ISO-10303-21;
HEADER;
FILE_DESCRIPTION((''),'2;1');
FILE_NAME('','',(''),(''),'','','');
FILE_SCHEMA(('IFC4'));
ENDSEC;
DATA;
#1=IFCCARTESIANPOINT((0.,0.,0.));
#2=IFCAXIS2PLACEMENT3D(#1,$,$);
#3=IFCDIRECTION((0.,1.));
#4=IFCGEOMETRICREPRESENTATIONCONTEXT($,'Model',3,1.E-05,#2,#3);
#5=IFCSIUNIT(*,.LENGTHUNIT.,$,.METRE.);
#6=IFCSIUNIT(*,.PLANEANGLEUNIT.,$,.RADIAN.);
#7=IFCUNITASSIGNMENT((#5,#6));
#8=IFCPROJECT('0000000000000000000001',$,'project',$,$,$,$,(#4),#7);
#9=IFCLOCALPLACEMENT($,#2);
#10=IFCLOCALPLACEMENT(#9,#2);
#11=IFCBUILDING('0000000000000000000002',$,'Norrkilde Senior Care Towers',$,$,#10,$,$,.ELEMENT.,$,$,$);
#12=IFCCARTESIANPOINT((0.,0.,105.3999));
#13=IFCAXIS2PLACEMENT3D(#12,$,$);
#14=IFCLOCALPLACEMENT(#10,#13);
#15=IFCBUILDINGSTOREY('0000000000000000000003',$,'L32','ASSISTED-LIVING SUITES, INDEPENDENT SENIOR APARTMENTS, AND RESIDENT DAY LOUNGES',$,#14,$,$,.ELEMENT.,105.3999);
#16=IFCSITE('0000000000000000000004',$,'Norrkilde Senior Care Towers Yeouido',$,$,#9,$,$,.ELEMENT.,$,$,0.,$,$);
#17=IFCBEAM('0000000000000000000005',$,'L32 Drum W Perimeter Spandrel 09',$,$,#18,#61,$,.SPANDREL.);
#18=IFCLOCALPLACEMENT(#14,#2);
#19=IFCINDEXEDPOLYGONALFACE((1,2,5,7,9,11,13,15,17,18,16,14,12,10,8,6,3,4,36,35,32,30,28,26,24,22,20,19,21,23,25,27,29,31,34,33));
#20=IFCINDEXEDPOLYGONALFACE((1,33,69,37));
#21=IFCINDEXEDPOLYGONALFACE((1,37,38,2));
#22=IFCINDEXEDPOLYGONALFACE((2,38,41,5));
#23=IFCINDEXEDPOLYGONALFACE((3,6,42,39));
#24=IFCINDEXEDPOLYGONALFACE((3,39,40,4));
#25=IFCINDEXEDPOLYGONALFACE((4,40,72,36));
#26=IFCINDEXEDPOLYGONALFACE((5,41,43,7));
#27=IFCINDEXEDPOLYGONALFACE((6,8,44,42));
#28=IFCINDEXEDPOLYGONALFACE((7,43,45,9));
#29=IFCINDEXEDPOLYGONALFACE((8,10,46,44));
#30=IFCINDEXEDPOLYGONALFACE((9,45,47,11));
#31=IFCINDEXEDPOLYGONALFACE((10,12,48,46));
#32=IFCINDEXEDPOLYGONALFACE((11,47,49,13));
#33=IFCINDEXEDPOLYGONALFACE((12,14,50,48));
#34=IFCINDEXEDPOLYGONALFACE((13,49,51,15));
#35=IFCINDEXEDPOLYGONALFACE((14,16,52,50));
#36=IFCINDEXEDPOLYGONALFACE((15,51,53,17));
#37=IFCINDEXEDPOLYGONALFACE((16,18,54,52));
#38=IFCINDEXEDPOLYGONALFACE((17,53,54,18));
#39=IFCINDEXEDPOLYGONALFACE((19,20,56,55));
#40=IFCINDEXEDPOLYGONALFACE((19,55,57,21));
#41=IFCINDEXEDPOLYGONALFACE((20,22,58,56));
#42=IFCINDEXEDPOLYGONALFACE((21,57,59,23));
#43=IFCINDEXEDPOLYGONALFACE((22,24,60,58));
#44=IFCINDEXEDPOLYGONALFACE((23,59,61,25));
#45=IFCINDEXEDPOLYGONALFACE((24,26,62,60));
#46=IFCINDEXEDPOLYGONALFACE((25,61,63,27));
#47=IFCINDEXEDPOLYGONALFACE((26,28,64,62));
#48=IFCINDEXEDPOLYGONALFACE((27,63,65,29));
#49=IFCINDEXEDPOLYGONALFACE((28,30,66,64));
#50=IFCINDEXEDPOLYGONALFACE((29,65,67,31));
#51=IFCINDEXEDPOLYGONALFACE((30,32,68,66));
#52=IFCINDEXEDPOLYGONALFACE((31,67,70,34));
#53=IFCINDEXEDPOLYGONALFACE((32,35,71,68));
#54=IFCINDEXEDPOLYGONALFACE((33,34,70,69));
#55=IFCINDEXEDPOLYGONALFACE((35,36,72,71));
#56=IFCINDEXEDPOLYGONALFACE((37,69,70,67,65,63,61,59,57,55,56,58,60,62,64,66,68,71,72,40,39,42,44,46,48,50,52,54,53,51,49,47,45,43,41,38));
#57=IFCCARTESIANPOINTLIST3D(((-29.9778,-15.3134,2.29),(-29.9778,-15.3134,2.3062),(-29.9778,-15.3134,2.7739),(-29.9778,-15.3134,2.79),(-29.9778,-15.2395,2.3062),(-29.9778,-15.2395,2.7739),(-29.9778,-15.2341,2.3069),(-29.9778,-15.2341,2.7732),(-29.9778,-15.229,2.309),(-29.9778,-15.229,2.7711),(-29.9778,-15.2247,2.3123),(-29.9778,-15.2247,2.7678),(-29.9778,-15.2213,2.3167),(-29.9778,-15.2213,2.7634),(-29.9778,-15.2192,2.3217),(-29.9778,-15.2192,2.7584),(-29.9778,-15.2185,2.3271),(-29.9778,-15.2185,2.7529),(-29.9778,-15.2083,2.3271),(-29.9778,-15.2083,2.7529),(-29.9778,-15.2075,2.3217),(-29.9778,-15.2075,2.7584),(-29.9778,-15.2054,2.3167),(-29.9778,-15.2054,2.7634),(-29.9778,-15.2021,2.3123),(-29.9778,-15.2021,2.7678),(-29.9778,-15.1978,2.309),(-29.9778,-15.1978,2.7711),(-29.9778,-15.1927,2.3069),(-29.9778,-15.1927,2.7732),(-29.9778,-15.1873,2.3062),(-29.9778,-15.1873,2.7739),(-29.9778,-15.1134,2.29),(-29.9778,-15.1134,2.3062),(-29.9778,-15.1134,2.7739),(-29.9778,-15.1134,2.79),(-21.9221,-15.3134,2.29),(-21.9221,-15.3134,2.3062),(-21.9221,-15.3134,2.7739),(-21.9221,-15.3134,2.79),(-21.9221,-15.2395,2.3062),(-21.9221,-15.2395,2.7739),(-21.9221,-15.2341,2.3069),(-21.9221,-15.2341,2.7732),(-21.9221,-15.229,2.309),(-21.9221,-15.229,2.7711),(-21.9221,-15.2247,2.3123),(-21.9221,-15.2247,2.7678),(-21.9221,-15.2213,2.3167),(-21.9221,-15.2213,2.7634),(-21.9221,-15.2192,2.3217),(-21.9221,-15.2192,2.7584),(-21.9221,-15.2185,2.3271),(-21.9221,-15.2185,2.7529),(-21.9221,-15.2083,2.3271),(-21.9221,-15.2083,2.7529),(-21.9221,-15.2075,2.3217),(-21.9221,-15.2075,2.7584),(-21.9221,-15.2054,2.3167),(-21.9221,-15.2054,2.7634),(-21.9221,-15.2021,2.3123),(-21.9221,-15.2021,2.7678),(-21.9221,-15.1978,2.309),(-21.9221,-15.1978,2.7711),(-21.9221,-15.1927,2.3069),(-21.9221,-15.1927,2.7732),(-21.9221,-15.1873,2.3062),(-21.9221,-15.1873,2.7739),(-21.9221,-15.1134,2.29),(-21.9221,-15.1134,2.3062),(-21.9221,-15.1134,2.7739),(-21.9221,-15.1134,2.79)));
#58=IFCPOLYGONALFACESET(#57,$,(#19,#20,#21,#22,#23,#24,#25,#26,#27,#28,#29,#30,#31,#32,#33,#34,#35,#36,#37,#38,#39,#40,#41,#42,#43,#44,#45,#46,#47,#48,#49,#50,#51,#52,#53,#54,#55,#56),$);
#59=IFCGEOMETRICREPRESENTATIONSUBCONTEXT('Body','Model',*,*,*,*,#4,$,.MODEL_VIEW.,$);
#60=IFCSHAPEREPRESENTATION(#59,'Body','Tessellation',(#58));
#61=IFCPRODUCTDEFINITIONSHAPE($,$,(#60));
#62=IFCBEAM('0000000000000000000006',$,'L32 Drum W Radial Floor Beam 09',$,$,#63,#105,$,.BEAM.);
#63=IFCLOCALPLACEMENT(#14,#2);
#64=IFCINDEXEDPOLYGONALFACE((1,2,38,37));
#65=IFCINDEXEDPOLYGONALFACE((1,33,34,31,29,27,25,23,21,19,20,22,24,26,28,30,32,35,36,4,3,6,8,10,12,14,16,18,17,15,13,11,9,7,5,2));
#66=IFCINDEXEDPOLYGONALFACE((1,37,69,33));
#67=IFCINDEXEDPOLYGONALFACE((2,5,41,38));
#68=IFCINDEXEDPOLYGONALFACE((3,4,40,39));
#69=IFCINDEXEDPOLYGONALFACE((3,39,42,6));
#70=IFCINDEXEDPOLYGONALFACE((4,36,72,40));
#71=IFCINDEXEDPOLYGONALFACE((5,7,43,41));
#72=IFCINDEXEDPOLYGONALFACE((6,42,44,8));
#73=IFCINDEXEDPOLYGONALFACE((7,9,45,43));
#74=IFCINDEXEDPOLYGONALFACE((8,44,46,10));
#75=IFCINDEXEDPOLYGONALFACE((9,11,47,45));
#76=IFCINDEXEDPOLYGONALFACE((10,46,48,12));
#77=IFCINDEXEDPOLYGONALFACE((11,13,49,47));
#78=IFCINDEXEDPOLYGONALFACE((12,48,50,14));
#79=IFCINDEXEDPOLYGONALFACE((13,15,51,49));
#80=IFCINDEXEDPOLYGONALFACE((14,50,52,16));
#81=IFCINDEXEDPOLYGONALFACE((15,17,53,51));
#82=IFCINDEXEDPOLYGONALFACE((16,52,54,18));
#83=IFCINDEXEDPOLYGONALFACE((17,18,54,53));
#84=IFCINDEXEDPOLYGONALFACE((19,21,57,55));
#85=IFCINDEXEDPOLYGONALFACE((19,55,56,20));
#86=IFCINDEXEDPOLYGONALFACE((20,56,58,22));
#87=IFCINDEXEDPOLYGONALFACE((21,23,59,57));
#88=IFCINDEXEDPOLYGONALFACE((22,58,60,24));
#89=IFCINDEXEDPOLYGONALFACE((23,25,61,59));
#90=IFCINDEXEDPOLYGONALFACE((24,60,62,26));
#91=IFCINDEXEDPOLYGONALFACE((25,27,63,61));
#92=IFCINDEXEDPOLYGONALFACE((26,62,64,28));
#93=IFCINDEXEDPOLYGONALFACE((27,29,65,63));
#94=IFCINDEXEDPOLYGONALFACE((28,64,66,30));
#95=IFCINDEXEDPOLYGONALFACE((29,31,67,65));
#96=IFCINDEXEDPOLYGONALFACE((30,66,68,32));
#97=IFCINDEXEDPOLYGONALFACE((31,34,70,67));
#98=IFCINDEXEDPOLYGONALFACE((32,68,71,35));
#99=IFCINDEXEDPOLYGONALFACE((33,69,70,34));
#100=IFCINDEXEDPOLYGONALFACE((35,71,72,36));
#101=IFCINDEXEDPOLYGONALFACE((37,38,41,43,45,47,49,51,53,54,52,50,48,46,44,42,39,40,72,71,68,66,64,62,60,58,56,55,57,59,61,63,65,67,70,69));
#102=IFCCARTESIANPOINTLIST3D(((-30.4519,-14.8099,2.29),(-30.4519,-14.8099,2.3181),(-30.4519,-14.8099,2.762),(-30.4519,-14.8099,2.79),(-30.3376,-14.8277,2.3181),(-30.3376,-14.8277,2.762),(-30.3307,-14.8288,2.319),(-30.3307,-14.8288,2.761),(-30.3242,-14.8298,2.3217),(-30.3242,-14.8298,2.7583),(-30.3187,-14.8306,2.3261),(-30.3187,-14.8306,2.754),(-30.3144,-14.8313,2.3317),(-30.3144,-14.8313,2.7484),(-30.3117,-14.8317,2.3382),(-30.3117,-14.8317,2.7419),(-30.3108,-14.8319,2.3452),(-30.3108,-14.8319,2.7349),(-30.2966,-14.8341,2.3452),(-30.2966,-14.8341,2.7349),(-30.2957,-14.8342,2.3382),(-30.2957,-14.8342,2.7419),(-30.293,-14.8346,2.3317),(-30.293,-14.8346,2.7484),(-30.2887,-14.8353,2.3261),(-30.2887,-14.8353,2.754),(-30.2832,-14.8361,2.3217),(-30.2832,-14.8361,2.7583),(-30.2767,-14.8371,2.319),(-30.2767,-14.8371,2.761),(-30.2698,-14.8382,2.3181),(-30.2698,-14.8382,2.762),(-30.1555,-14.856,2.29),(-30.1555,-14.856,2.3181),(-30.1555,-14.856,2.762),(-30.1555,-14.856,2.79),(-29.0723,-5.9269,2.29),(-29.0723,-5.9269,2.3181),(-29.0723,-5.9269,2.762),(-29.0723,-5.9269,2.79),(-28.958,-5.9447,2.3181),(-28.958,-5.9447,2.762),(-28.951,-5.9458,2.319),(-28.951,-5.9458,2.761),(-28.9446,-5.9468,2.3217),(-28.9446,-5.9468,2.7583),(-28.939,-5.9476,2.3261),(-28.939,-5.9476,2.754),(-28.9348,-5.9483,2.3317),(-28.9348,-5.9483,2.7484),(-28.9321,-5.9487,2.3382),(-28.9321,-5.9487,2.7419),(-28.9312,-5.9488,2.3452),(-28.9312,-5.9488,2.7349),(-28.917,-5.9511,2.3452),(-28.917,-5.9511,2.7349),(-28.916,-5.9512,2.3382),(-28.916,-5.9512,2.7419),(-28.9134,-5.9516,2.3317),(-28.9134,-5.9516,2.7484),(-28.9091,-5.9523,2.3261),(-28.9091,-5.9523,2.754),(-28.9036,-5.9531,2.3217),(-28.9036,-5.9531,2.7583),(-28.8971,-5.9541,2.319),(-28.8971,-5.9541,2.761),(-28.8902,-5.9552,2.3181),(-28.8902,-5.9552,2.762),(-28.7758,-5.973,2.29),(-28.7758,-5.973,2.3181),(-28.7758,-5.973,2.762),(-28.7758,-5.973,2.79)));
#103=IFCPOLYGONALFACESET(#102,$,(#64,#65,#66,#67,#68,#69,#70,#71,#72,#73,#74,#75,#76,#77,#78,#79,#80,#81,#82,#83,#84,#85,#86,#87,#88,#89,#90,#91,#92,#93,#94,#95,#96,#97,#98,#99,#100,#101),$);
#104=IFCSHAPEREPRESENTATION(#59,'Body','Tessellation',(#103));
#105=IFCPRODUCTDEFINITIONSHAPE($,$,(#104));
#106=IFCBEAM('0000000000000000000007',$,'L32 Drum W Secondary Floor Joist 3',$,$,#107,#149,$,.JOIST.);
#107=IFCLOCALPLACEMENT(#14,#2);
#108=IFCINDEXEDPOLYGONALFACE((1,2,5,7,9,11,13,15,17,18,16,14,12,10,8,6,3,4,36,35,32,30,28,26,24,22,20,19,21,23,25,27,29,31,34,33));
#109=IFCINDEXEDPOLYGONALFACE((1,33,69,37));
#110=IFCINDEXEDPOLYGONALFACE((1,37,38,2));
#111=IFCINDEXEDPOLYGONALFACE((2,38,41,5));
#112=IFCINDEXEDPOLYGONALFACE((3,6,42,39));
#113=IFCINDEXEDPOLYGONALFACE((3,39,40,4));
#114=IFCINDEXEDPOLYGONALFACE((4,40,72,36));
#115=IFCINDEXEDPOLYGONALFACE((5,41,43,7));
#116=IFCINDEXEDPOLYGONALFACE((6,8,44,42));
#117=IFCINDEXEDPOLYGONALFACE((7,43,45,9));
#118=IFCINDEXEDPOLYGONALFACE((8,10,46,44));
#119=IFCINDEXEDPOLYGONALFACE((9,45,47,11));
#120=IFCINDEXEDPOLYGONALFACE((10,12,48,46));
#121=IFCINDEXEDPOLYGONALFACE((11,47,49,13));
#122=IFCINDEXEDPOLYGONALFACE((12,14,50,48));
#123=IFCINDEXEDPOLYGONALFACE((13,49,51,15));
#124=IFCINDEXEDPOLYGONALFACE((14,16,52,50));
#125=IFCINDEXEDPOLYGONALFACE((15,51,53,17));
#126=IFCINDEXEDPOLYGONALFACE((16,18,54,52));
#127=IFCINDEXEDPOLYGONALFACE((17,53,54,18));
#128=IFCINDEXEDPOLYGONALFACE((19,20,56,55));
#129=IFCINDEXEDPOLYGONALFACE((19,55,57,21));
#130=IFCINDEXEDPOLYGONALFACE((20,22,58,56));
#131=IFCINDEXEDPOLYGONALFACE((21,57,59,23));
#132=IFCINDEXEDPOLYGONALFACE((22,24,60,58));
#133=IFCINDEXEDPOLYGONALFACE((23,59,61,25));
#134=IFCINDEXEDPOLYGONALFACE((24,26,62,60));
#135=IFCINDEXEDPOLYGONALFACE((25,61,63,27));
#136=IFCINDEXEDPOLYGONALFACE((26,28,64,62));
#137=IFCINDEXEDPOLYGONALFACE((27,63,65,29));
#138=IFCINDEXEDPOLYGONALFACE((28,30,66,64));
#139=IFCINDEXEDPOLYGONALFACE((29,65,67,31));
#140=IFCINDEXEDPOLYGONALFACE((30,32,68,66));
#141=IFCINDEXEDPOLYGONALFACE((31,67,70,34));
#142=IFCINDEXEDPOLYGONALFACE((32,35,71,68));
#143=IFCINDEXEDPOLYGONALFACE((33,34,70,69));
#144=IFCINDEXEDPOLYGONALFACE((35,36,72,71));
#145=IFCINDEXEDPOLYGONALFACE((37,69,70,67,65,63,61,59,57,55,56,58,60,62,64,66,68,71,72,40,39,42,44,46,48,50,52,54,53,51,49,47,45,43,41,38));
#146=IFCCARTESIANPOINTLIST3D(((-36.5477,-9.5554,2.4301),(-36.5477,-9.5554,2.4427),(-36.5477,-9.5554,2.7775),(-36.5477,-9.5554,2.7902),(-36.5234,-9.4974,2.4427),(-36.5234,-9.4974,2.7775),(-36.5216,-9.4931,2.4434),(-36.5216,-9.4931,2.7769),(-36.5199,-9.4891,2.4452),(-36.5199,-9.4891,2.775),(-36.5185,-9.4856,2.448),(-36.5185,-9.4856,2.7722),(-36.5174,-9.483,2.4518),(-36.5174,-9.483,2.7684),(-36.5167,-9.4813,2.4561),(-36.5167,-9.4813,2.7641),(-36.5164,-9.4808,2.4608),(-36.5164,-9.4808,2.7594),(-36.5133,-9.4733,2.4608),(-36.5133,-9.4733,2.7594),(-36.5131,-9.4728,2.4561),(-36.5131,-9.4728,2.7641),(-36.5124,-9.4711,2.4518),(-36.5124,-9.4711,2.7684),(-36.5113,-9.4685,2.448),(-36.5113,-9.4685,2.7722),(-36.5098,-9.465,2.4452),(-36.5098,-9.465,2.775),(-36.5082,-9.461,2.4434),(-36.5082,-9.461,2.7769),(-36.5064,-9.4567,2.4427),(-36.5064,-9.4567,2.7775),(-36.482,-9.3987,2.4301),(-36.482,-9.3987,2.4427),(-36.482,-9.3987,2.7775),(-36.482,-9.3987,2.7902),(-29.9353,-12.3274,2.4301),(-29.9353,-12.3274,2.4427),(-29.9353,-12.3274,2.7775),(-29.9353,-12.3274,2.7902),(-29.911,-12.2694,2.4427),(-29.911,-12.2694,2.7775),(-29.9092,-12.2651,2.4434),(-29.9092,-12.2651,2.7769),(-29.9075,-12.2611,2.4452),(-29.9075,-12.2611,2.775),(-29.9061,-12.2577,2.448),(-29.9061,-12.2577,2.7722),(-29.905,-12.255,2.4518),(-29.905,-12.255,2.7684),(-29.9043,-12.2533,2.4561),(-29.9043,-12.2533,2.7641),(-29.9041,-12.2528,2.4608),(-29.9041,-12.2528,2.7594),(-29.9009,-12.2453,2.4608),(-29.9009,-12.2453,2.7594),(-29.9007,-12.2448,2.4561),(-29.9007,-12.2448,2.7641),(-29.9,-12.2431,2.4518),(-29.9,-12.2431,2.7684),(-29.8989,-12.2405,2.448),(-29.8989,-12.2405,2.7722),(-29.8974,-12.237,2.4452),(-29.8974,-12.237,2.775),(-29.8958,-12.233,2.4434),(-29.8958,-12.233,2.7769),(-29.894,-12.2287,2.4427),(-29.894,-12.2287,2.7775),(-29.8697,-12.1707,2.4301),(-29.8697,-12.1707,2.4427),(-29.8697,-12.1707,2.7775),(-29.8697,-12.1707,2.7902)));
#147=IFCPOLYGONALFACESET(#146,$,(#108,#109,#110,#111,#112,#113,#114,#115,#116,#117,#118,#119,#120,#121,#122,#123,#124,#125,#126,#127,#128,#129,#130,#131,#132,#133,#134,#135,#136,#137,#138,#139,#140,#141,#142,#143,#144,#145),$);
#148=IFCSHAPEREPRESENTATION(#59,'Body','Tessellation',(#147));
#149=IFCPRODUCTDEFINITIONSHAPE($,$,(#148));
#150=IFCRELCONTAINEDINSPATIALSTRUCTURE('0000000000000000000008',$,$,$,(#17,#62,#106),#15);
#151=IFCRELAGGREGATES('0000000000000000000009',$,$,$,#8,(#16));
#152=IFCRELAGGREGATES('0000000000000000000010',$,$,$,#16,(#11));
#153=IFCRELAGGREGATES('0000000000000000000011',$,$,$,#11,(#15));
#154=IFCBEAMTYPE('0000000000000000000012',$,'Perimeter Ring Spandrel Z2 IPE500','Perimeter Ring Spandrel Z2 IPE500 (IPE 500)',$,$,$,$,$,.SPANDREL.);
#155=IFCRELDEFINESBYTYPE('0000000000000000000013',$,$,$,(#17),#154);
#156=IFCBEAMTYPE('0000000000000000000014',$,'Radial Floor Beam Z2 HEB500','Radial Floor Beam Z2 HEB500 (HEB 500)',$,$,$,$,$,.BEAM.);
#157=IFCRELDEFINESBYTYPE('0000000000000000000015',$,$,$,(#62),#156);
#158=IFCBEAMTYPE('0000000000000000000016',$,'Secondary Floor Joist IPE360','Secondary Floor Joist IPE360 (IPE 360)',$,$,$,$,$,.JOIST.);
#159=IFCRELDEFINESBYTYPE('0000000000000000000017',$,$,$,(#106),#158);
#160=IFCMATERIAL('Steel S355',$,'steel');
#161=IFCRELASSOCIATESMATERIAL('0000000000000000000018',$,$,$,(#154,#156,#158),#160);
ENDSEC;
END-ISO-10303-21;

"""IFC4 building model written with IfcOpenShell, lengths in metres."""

from ifc_helpers import new_model, si_unit, direction, frame, origin, origin_2d, place, context, subcontext, project, spatial, i_section, extrude, source, transform, mapped, material, material_profile, profile_set, type_object, type_shapes, element, save


model = new_model("IFC4")

# Units and contexts
model_context = context("Model", 3, precision=1e-05, world=origin(), true_north=direction((0.0, 1.0)))
body_context = subcontext(model_context, "Body", "Model", "MODEL_VIEW")
ifc_project = project(units=[si_unit("LENGTHUNIT", "METRE"), si_unit("PLANEANGLEUNIT", "RADIAN")], contexts=[model_context])

# Site, building, storey
site_placement = place(None, origin())
site = spatial("IfcSite", under=ifc_project, at=site_placement, Name="Norrkilde Senior Care Towers Yeouido", CompositionType="ELEMENT", RefElevation=0.0)
building_placement = place(site_placement, origin())
building = spatial("IfcBuilding", under=site, at=building_placement, Name="Norrkilde Senior Care Towers", CompositionType="ELEMENT")
storey_placement = place(building_placement, frame((0.0, 0.0, 105.3999)))
storey = spatial("IfcBuildingStorey", under=building, at=storey_placement, Name="L32", Description="ASSISTED-LIVING SUITES, INDEPENDENT SENIOR APARTMENTS, AND RESIDENT DAY LOUNGES", CompositionType="ELEMENT", Elevation=105.3999)

# Beams
ifc_material_1 = material(Name="Steel S355", Category="steel")
ifc_material_profile_1 = material_profile(ifc_material_1, i_section(OverallWidth=0.2, OverallDepth=0.5, WebThickness=0.0103, FlangeThickness=0.0161, FilletRadius=0.021, at=origin_2d()), Name="IPE 500")
ifc_profile_set_1 = profile_set([ifc_material_profile_1], Name="Steel S355")
beam_type_1 = type_object("IfcBeamType", Name="Perimeter Ring Spandrel Z2 IPE500", Description="Perimeter Ring Spandrel Z2 IPE500 (IPE 500)", PredefinedType="SPANDREL", material=ifc_profile_set_1)
shared_shape_1 = source(origin(), body_context, "Body", "SweptSolid", [
    extrude(i_section(OverallWidth=0.2, OverallDepth=0.5, WebThickness=0.0103, FlangeThickness=0.0161, FilletRadius=0.021, at=origin_2d()), origin(), (0.0, 0.0, 1.0), 8.0557),
])
beam_1_placement = place(storey_placement, frame((-29.9778, -15.2134, 2.54), z_axis=(1.0, 0.0, 0.0), x_axis=(0.0, 1.0, 0.0)))
element("IfcBeam", 1, at=beam_1_placement, inside=storey, type_object=beam_type_1, Name="L32 Drum W Perimeter Spandrel 09", PredefinedType="SPANDREL", context=body_context, shape_type="MappedRepresentation", body=[
    mapped(shared_shape_1, transform((0.0, 0.0, 0.0), x_axis=(1.0, 0.0, 0.0), y_axis=(0.0, 1.0, 0.0), z_axis=(0.0, 0.0, 1.0), scale=1.0)),
])
ifc_material_profile_2 = material_profile(ifc_material_1, i_section(OverallWidth=0.3, OverallDepth=0.5, WebThickness=0.0144, FlangeThickness=0.0281, FilletRadius=0.0271, at=origin_2d()), Name="HEB 500")
ifc_profile_set_2 = profile_set([ifc_material_profile_2], Name="Steel S355")
beam_type_2 = type_object("IfcBeamType", Name="Radial Floor Beam Z2 HEB500", Description="Radial Floor Beam Z2 HEB500 (HEB 500)", PredefinedType="BEAM", material=ifc_profile_set_2)
shared_shape_2 = source(origin(), body_context, "Body", "SweptSolid", [
    extrude(i_section(OverallWidth=0.3, OverallDepth=0.5, WebThickness=0.0144, FlangeThickness=0.0281, FilletRadius=0.0271, at=origin_2d()), origin(), (0.0, 0.0, 1.0), 8.9895),
])
type_shapes(beam_type_2, [shared_shape_2])
beam_2_placement = place(storey_placement, frame((-28.9241, -5.95, 2.54), z_axis=(-0.153471, -0.988153, 0.0), x_axis=(0.988153, -0.153471, 0.0)))
element("IfcBeam", 2, at=beam_2_placement, inside=storey, type_object=beam_type_2, Name="L32 Drum W Radial Floor Beam 09", PredefinedType="BEAM", context=body_context, shape_type="MappedRepresentation", body=[
    mapped(shared_shape_2, transform((0.0, 0.0, 0.0), x_axis=(1.0, 0.0, 0.0), y_axis=(0.0, 1.0, 0.0), z_axis=(0.0, 0.0, 1.0), scale=1.0)),
])
ifc_material_profile_3 = material_profile(ifc_material_1, i_section(OverallWidth=0.1699, OverallDepth=0.3601, WebThickness=0.0081, FlangeThickness=0.0127, FilletRadius=0.0181, at=origin_2d()), Name="IPE 360")
ifc_profile_set_3 = profile_set([ifc_material_profile_3], Name="Steel S355")
beam_type_3 = type_object("IfcBeamType", Name="Secondary Floor Joist IPE360", Description="Secondary Floor Joist IPE360 (IPE 360)", PredefinedType="JOIST", material=ifc_profile_set_3)
shared_shape_3 = source(origin(), body_context, "Body", "SweptSolid", [
    extrude(i_section(OverallWidth=0.1699, OverallDepth=0.3601, WebThickness=0.0081, FlangeThickness=0.0127, FilletRadius=0.0181, at=origin_2d()), origin(), (0.0, 0.0, 1.0), 7.1699),
])
type_shapes(beam_type_3, [shared_shape_3])
beam_3_placement = place(storey_placement, frame((-36.5149, -9.4771, 2.6101), z_axis=(0.922241, -0.386616, 0.0), x_axis=(0.386616, 0.922241, 0.0)))
element("IfcBeam", 3, at=beam_3_placement, inside=storey, type_object=beam_type_3, Name="L32 Drum W Secondary Floor Joist 3", PredefinedType="JOIST", context=body_context, shape_type="MappedRepresentation", body=[
    mapped(shared_shape_3, transform((0.0, 0.0, 0.0), x_axis=(1.0, 0.0, 0.0), y_axis=(0.0, 1.0, 0.0), z_axis=(0.0, 0.0, 1.0), scale=1.0)),
])

save(model, "model.ifc")
